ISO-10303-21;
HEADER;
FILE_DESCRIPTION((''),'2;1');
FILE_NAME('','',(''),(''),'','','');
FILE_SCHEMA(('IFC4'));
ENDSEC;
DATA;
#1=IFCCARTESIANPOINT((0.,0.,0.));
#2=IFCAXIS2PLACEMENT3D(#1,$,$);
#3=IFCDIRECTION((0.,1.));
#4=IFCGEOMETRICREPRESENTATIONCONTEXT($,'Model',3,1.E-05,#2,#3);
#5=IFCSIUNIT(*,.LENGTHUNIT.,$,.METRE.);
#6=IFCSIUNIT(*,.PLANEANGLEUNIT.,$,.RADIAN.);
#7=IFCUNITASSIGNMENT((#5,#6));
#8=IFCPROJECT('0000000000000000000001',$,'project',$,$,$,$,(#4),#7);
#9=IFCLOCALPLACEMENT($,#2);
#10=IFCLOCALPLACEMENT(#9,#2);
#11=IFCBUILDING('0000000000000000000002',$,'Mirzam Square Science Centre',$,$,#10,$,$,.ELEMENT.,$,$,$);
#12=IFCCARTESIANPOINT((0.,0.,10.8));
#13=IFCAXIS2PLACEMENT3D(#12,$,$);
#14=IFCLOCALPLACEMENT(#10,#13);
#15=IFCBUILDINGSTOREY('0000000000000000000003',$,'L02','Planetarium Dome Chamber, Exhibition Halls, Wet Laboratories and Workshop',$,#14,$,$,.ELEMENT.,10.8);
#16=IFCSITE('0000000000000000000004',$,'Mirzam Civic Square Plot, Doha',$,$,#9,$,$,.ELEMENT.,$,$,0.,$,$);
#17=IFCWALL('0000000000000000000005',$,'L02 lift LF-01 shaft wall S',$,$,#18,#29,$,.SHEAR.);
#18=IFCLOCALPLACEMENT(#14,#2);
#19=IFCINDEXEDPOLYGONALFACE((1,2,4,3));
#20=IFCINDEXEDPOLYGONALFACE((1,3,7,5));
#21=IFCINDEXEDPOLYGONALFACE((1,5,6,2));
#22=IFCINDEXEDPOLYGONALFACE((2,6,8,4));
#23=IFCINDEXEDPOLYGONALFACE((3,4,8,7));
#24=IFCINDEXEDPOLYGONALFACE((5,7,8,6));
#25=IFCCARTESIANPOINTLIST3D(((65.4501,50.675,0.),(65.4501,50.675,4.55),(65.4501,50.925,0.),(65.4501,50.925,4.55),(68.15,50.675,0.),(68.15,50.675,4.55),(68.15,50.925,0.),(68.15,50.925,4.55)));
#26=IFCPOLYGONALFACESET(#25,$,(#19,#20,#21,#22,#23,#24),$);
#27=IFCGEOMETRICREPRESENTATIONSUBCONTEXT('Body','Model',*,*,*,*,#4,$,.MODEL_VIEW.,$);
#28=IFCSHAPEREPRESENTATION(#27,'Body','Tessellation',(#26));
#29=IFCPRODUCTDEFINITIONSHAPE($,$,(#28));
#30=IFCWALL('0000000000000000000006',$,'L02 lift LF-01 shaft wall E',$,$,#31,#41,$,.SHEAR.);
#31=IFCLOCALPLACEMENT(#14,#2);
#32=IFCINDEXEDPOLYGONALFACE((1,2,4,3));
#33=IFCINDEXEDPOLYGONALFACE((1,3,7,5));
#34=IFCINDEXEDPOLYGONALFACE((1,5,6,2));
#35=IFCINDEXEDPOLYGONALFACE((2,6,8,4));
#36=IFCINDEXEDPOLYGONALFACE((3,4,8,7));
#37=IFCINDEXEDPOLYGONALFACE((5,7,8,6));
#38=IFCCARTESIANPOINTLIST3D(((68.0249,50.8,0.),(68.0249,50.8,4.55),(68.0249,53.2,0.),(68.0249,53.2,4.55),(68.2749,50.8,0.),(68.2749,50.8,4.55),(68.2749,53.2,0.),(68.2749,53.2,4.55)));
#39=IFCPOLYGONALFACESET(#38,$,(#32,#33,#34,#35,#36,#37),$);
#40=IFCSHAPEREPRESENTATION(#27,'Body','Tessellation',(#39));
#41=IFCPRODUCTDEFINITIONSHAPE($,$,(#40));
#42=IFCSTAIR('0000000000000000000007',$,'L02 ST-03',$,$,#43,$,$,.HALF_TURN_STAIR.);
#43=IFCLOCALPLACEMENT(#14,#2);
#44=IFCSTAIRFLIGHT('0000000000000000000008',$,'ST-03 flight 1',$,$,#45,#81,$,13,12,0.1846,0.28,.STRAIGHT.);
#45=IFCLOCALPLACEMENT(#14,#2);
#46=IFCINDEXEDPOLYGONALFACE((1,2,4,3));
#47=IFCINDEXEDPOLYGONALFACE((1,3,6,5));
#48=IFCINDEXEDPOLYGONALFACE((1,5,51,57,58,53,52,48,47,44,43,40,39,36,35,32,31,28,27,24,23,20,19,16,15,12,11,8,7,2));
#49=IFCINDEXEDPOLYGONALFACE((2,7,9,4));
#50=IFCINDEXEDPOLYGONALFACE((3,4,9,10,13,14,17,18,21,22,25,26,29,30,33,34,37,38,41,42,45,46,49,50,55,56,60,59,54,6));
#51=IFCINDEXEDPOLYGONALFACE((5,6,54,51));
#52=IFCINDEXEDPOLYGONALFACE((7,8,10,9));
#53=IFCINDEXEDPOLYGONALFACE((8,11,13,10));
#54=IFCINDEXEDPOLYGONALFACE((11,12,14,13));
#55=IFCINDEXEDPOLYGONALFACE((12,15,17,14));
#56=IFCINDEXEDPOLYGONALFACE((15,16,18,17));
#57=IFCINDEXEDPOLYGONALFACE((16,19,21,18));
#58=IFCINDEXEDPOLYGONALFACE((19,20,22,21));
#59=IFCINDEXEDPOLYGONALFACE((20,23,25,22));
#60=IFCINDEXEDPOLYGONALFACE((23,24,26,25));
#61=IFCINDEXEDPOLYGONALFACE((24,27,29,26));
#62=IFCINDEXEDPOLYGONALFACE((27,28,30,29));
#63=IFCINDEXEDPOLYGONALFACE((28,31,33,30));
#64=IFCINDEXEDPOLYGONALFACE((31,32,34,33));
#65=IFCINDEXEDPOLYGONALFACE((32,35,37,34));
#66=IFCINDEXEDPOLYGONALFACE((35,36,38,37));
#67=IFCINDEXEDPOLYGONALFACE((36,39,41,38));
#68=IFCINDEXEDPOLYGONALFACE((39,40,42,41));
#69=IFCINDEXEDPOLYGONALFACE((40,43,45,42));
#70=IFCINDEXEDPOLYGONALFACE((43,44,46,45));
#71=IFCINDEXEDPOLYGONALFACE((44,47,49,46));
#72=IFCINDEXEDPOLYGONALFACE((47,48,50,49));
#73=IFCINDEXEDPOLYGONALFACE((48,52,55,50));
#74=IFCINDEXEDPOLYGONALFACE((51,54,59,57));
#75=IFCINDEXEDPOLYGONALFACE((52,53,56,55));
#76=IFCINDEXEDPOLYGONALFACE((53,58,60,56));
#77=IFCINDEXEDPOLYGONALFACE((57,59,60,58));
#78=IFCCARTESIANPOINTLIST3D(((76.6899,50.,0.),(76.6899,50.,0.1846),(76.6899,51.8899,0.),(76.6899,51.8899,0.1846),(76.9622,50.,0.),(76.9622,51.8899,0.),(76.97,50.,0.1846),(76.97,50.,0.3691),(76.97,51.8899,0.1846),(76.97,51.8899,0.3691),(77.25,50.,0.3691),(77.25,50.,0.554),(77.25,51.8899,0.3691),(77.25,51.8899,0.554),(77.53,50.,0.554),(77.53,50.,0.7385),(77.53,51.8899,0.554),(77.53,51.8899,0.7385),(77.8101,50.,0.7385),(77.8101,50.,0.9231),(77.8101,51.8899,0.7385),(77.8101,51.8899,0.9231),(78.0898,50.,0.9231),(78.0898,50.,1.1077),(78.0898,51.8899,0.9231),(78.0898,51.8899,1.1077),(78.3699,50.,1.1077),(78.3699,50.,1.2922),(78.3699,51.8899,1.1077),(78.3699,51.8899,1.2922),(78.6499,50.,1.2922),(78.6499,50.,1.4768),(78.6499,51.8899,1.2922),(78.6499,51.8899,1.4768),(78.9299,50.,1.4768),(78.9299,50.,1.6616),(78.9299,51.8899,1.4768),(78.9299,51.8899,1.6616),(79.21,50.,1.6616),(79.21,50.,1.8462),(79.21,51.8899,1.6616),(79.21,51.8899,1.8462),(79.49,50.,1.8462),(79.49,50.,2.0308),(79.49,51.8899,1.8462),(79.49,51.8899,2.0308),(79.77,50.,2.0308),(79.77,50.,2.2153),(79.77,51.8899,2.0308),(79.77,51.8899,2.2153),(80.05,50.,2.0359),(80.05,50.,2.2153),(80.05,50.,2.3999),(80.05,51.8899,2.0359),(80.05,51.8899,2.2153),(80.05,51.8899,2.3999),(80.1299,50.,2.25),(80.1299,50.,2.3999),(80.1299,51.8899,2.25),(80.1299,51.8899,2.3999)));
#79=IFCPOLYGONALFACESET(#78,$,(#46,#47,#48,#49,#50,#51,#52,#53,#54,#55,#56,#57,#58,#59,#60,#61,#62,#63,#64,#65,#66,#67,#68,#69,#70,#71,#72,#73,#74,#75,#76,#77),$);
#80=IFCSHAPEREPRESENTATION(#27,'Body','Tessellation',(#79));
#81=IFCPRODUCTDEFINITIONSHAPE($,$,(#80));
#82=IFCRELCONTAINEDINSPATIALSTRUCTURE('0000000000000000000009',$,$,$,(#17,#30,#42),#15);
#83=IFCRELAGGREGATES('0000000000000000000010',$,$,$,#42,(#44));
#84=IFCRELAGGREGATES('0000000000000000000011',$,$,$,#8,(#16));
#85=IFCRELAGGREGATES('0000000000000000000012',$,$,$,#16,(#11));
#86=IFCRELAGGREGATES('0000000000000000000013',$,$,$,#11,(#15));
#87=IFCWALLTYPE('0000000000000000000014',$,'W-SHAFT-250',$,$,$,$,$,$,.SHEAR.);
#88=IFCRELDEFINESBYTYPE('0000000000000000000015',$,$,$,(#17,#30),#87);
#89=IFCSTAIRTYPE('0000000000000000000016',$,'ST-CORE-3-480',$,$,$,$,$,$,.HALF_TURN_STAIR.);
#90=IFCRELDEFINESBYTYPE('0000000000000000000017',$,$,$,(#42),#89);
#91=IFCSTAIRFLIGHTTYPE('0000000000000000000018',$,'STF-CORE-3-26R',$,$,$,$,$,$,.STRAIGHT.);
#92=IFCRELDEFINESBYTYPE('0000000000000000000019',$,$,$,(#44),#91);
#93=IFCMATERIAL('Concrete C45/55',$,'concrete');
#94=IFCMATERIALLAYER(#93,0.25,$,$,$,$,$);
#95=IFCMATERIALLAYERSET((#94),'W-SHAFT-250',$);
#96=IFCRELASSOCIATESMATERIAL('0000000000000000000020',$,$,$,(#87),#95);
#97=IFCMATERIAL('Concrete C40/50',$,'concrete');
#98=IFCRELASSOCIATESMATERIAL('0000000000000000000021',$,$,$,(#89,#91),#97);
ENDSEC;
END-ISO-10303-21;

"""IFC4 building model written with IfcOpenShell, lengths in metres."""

from ifc_helpers import new_model, si_unit, direction, frame, frame_2d, origin, place, context, subcontext, project, spatial, polyline, rectangle, outline, extrude, material, layer, layer_set, type_object, element, aggregate, save


model = new_model("IFC4")

# Units and contexts
model_context = context("Model", 3, precision=1e-05, world=origin(), true_north=direction((0.0, 1.0)))
body_context = subcontext(model_context, "Body", "Model", "MODEL_VIEW")
ifc_project = project(units=[si_unit("LENGTHUNIT", "METRE"), si_unit("PLANEANGLEUNIT", "RADIAN")], contexts=[model_context])

# Site, building, storey
site_placement = place(None, origin())
site = spatial("IfcSite", under=ifc_project, at=site_placement, Name="Mirzam Civic Square Plot, Doha", CompositionType="ELEMENT", RefElevation=0.0)
building_placement = place(site_placement, origin())
building = spatial("IfcBuilding", under=site, at=building_placement, Name="Mirzam Square Science Centre", CompositionType="ELEMENT")
storey_placement = place(building_placement, frame((0.0, 0.0, 10.8)))
storey = spatial("IfcBuildingStorey", under=building, at=storey_placement, Name="L02", Description="Planetarium Dome Chamber, Exhibition Halls, Wet Laboratories and Workshop", CompositionType="ELEMENT", Elevation=10.8)

# Shared definitions
ifc_material_1 = material(Name="Concrete C45/55", Category="concrete")

# Walls
ifc_layer_1 = layer(ifc_material_1, 0.25)
ifc_layer_set_1 = layer_set([ifc_layer_1], Name="W-SHAFT-250")
wall_type_1 = type_object("IfcWallType", Name="W-SHAFT-250", PredefinedType="SHEAR", material=ifc_layer_set_1)
wall_1_placement = place(storey_placement, frame((65.45, 50.8, 0.0), z_axis=(0.0, 0.0, 1.0), x_axis=(1.0, 0.0, 0.0)))
element("IfcWall", 1, at=wall_1_placement, inside=storey, type_object=wall_type_1, Name="L02 lift LF-01 shaft wall S", PredefinedType="SHEAR", context=body_context, shape_type="SweptSolid", body=[
    extrude(rectangle(XDim=2.7, YDim=0.25, at=frame_2d((1.3501, 0.0))), origin(), (0.0, 0.0, 1.0), 4.55),
])
wall_2_placement = place(storey_placement, frame((68.1499, 50.8, 0.0), z_axis=(0.0, 0.0, 1.0), x_axis=(0.0, 1.0, 0.0)))
element("IfcWall", 2, at=wall_2_placement, inside=storey, type_object=wall_type_1, Name="L02 lift LF-01 shaft wall E", PredefinedType="SHEAR", context=body_context, shape_type="SweptSolid", body=[
    extrude(rectangle(XDim=2.3999, YDim=0.25, at=frame_2d((1.2, 0.0))), origin(), (0.0, 0.0, 1.0), 4.55),
])

# Stair, stair flight
ifc_material_2 = material(Name="Concrete C40/50", Category="concrete")
stair_type = type_object("IfcStairType", Name="ST-CORE-3-480", PredefinedType="HALF_TURN_STAIR", material=ifc_material_2)
stair_placement = place(storey_placement, origin())
stair = element("IfcStair", 3, at=stair_placement, inside=storey, type_object=stair_type, Name="L02 ST-03", PredefinedType="HALF_TURN_STAIR")
stair_flight_type = type_object("IfcStairFlightType", Name="STF-CORE-3-26R", PredefinedType="STRAIGHT", material=ifc_material_2)
stair_flight_placement = place(storey_placement, frame((76.6899, 50.9451, 0.0), z_axis=(0.0, 0.0, 1.0), x_axis=(1.0, 0.0, 0.0)))
stair_flight = element("IfcStairFlight", 4, at=stair_flight_placement, type_object=stair_flight_type, Name="ST-03 flight 1", NumberOfRisers=13, NumberOfTreads=12, PredefinedType="STRAIGHT", RiserHeight=0.1846, TreadLength=0.28, context=body_context, shape_type="SweptSolid", body=[
    extrude(outline(polyline([(0.0, 0.0), (0.0, 0.1846), (0.28, 0.1846), (0.28, 0.3691), (0.5601, 0.3691), (0.5601, 0.554), (0.8401, 0.554), (0.8401, 0.7385), (1.1201, 0.7385), (1.1201, 0.9231), (1.3999, 0.9231), (1.3999, 1.1077), (1.6799, 1.1077), (1.6799, 1.2922), (1.96, 1.2922), (1.96, 1.4768), (2.24, 1.4768), (2.24, 1.6616), (2.52, 1.6616), (2.52, 1.8462), (2.8, 1.8462), (2.8, 2.0308), (3.0801, 2.0308), (3.0801, 2.2153), (3.3601, 2.2153), (3.3601, 2.3999), (3.4399, 2.3999), (3.4399, 2.25), (3.3601, 2.0359), (0.2722, 0.0), (0.0, 0.0)])), frame((0.0, 0.9448, 0.0), z_axis=(0.0, -1.0, 0.0), x_axis=(1.0, 0.0, 0.0)), (0.0, 0.0, 1.0), 1.8899),
])
aggregate(stair, [stair_flight])

save(model, "model.ifc")
